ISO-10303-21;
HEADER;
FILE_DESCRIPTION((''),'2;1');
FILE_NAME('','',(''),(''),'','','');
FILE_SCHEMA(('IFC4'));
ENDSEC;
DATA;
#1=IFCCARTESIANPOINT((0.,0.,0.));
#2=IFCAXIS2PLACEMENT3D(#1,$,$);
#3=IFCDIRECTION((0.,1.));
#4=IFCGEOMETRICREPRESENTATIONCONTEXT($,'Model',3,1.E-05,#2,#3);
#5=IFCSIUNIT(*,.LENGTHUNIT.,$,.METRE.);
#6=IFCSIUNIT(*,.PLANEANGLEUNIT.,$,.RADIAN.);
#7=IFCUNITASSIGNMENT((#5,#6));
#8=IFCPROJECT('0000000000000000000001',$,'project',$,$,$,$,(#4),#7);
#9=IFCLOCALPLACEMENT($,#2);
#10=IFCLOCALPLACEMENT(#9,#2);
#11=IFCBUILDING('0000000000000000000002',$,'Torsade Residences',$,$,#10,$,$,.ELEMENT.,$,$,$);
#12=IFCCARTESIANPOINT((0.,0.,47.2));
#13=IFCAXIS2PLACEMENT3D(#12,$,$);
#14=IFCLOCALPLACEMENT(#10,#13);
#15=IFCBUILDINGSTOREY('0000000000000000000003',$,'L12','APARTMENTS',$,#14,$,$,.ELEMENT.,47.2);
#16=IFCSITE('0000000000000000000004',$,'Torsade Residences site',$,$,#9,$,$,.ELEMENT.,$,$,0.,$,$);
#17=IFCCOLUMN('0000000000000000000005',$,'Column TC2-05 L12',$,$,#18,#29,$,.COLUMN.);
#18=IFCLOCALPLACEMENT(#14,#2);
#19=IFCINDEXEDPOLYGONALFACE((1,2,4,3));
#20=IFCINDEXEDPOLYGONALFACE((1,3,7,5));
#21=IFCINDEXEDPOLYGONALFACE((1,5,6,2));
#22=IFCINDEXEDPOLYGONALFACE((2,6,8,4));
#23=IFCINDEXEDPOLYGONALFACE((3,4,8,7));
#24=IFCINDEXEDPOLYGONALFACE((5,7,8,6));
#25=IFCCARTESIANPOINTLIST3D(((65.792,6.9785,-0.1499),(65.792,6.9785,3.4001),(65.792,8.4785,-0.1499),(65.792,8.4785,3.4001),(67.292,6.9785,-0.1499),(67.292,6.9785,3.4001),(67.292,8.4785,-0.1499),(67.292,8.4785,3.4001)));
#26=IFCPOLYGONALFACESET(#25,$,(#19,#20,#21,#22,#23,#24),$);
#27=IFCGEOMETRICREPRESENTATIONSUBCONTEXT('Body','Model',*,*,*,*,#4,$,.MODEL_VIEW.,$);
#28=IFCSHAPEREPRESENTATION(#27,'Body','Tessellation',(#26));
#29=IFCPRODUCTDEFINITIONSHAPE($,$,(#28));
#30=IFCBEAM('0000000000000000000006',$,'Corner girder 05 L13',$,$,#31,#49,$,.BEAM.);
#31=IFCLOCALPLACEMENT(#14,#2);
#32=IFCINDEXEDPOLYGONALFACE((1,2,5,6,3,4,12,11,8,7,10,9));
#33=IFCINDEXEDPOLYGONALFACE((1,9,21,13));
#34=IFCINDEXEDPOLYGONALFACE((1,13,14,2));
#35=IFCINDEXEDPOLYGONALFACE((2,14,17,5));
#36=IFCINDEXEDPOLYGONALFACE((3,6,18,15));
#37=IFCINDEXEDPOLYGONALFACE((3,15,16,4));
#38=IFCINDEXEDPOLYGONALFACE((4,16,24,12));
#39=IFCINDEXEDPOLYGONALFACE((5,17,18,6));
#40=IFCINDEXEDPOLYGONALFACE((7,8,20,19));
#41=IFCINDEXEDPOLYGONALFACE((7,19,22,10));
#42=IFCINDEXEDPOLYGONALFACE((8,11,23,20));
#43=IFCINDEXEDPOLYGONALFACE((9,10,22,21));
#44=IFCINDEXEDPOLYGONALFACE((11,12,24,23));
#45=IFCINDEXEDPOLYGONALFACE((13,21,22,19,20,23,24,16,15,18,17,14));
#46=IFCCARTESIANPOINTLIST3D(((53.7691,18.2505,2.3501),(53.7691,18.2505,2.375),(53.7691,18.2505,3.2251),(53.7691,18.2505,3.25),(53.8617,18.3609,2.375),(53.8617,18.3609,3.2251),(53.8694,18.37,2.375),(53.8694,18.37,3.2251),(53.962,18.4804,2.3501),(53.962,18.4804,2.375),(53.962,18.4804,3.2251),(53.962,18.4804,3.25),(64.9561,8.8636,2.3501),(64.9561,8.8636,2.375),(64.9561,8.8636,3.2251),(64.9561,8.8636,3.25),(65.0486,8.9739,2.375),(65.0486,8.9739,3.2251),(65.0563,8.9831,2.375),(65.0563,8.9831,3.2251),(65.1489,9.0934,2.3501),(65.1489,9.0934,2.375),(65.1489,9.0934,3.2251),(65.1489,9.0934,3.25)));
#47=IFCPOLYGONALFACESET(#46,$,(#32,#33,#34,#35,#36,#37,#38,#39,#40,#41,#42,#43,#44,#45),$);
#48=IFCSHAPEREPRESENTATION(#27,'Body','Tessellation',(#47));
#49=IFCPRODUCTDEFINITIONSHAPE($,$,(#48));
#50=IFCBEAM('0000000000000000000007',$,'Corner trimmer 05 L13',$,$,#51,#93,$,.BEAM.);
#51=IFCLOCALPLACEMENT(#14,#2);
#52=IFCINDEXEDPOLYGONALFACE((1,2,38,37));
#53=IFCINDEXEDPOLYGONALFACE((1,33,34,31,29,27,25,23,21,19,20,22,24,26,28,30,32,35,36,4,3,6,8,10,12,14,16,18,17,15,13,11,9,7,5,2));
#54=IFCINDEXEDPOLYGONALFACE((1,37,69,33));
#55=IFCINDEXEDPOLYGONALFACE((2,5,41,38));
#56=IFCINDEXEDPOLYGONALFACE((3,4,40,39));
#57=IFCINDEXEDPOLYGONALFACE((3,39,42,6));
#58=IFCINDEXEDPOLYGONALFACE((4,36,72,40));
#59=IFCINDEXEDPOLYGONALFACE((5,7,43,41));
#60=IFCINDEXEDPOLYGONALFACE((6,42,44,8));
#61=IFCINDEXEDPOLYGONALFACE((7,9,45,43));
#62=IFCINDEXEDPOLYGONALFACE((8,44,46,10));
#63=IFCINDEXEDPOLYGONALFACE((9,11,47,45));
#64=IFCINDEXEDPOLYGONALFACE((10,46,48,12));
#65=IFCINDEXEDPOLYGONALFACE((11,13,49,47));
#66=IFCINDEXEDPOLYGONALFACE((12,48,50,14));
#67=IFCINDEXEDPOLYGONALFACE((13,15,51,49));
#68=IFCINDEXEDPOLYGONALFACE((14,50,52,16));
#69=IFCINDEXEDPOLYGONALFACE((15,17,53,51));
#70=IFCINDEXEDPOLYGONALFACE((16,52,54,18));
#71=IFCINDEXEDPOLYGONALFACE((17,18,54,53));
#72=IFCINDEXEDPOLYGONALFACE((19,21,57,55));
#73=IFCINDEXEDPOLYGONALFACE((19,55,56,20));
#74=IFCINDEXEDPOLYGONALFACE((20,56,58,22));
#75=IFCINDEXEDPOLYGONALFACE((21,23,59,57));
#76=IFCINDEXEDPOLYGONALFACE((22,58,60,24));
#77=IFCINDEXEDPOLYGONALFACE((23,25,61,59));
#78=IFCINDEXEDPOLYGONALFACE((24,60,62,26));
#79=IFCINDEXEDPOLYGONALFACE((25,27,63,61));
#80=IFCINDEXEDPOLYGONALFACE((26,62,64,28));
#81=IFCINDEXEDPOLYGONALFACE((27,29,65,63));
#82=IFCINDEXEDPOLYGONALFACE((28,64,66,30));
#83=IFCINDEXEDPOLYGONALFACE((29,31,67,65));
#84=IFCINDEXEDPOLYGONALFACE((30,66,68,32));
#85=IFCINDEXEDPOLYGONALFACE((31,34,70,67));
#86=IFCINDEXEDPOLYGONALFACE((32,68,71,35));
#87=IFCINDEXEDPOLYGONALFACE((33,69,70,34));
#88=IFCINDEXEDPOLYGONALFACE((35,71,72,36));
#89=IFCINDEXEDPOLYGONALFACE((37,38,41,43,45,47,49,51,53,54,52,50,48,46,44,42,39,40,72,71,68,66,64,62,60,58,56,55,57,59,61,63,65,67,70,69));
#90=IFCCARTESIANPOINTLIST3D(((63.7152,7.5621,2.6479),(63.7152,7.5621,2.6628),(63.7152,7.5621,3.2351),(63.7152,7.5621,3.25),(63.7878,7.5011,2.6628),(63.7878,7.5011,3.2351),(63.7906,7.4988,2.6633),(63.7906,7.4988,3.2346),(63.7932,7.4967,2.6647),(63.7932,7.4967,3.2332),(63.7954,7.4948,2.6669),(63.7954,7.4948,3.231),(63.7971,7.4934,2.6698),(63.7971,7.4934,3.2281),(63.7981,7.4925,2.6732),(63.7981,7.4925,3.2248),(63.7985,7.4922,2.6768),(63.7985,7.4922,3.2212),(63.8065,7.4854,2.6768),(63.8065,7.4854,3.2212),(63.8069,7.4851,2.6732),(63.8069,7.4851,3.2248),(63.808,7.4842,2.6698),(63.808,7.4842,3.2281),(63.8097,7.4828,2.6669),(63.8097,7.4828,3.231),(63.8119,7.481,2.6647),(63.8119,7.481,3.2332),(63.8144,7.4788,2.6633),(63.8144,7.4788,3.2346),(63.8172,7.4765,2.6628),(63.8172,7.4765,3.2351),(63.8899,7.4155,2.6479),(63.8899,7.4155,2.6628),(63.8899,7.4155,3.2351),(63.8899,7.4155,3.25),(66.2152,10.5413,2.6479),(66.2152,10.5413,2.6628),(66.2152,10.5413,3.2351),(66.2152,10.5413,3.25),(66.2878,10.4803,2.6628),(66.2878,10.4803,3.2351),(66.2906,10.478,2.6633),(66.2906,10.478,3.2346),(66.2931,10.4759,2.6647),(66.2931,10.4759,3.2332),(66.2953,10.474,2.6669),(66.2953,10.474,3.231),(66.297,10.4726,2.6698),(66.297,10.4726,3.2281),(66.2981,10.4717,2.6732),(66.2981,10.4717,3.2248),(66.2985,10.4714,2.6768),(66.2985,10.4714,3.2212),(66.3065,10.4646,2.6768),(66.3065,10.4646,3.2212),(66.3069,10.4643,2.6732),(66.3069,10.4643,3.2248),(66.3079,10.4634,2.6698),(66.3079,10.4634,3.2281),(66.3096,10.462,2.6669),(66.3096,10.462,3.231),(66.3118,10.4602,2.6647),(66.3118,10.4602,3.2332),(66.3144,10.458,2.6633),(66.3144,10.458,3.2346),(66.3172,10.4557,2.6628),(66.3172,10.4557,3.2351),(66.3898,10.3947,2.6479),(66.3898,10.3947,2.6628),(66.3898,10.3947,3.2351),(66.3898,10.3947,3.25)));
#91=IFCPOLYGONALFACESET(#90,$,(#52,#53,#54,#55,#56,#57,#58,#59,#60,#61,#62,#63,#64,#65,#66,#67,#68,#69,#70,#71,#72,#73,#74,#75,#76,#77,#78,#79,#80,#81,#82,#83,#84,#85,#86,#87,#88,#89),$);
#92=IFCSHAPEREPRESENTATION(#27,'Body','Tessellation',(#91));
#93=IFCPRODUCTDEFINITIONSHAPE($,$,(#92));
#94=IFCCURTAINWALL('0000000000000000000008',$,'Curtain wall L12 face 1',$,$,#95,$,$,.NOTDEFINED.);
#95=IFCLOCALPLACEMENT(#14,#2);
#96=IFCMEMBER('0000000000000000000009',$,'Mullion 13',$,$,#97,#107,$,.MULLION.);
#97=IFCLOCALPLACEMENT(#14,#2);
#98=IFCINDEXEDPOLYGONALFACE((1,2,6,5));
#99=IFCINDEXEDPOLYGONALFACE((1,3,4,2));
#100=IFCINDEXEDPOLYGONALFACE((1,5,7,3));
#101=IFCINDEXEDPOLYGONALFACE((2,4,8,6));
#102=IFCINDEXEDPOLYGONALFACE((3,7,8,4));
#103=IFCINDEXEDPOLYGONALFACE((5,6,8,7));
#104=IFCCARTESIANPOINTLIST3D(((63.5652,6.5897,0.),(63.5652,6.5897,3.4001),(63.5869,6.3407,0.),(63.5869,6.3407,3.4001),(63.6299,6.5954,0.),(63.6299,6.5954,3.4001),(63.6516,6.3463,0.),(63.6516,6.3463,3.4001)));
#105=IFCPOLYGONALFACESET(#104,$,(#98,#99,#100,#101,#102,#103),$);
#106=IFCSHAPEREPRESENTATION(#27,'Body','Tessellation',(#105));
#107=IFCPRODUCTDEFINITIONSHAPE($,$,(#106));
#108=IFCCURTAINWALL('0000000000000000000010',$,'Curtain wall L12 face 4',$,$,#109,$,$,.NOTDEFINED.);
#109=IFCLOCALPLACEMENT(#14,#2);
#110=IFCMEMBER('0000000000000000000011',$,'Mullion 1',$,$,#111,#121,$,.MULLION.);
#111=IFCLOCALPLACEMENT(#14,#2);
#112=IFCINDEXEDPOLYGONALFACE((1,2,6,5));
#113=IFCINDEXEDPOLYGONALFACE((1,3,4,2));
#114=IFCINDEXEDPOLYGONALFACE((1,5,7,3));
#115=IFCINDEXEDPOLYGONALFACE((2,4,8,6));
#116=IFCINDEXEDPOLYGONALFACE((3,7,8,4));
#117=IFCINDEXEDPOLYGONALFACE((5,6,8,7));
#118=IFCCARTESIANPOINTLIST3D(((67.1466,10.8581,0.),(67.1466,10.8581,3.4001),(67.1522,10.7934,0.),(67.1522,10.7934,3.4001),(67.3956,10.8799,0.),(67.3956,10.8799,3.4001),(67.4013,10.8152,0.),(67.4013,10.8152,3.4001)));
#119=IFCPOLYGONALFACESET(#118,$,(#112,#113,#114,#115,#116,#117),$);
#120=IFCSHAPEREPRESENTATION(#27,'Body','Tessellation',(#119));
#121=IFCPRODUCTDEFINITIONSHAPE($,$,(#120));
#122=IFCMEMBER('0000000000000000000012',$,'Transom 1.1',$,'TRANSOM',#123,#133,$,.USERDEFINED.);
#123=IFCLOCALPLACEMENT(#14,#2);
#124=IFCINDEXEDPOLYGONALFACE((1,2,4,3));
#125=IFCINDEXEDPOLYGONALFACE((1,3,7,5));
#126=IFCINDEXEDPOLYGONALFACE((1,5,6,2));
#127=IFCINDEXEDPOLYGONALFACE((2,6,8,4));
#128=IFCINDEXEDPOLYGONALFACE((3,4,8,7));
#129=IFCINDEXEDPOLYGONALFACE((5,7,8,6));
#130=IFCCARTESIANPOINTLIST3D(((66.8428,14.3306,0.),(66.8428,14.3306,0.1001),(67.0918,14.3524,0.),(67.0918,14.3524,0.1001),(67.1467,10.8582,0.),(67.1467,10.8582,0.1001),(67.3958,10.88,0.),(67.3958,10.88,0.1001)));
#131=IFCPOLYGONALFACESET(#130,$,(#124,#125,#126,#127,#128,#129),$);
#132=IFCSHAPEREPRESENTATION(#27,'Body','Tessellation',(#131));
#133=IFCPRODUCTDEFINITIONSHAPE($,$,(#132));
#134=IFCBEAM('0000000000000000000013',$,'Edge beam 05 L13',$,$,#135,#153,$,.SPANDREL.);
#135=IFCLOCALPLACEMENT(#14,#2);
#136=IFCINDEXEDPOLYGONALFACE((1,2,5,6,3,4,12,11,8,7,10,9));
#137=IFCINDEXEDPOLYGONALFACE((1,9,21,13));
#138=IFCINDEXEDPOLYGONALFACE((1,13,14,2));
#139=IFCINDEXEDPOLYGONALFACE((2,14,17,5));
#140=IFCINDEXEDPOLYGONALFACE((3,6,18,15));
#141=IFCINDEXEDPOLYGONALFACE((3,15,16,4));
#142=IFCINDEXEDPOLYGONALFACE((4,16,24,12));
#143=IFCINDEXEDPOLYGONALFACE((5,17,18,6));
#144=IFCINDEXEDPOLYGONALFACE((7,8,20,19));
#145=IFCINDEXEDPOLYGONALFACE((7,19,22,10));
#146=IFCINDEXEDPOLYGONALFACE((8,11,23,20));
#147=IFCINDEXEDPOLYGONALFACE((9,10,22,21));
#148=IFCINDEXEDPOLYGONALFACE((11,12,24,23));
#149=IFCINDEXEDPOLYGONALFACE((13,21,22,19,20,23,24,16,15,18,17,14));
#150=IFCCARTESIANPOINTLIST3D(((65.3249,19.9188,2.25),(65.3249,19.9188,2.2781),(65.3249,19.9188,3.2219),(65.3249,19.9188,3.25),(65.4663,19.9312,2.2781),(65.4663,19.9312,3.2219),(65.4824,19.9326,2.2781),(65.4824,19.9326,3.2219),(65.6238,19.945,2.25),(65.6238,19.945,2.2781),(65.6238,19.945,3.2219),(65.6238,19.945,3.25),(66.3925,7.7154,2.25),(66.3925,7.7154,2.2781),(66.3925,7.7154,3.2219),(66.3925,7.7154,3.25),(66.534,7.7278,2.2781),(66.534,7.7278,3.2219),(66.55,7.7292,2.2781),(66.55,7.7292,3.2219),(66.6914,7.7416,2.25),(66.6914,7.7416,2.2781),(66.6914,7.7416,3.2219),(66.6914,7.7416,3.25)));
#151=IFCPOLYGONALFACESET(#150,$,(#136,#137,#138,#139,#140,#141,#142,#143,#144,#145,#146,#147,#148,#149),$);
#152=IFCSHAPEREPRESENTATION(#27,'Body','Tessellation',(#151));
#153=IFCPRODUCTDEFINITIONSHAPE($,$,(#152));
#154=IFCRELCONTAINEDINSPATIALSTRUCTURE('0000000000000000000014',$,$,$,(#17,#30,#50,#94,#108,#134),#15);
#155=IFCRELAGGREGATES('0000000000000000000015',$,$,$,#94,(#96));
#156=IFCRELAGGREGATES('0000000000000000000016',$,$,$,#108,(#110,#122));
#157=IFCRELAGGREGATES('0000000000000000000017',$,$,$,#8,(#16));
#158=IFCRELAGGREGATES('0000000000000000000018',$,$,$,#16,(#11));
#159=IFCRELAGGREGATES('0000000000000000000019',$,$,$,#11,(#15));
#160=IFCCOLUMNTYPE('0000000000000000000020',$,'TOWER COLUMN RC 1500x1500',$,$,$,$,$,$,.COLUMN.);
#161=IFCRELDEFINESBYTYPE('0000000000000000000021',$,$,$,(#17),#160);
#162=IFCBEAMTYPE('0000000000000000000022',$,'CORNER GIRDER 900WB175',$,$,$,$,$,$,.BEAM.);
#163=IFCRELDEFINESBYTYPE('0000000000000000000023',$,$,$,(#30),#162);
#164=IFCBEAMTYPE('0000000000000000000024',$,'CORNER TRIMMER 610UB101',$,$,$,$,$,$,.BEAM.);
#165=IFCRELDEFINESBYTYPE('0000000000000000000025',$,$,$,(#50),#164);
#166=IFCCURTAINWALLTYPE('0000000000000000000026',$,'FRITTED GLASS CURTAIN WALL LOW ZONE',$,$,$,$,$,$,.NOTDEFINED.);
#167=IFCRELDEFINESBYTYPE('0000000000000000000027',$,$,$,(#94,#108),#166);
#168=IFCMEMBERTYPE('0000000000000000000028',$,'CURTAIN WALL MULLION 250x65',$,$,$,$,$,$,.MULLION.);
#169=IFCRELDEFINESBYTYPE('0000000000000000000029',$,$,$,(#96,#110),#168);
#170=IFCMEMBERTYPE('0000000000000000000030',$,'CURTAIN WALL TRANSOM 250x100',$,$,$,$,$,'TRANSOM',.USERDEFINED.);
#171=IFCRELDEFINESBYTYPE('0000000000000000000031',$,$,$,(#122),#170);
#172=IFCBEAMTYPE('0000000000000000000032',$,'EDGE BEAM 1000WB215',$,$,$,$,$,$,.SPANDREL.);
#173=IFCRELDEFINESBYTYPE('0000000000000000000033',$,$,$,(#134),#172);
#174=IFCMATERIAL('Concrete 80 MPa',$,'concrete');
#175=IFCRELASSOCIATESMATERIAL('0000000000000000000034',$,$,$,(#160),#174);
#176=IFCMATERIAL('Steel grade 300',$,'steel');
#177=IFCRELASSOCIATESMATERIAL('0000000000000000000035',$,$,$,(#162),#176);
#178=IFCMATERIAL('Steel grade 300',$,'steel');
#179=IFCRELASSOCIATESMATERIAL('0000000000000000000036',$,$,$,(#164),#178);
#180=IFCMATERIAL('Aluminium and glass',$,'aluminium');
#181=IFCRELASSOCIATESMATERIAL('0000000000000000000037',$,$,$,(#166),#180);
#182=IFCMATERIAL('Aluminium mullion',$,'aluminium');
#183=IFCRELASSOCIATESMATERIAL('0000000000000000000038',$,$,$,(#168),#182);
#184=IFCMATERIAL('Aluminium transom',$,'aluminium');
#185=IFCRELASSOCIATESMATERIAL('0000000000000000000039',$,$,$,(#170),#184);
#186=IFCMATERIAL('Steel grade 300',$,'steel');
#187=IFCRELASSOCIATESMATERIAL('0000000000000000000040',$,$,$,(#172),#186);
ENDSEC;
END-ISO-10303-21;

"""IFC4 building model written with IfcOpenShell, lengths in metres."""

from ifc_helpers import new_model, si_unit, direction, frame, origin, origin_2d, place, context, subcontext, project, spatial, rectangle, i_section, extrude, material, material_profile, profile_set, type_object, element, aggregate, save


model = new_model("IFC4")

# Units and contexts
model_context = context("Model", 3, precision=1e-05, world=origin(), true_north=direction((0.0, 1.0)))
body_context = subcontext(model_context, "Body", "Model", "MODEL_VIEW")
ifc_project = project(units=[si_unit("LENGTHUNIT", "METRE"), si_unit("PLANEANGLEUNIT", "RADIAN")], contexts=[model_context])

# Site, building, storey
site_placement = place(None, origin())
site = spatial("IfcSite", under=ifc_project, at=site_placement, Name="Torsade Residences site", CompositionType="ELEMENT", RefElevation=0.0)
building_placement = place(site_placement, origin())
building = spatial("IfcBuilding", under=site, at=building_placement, Name="Torsade Residences", CompositionType="ELEMENT")
storey_placement = place(building_placement, frame((0.0, 0.0, 47.2)))
storey = spatial("IfcBuildingStorey", under=building, at=storey_placement, Name="L12", Description="APARTMENTS", CompositionType="ELEMENT", Elevation=47.2)

# Column
ifc_material_1 = material(Name="Concrete 80 MPa", Category="concrete")
ifc_material_profile_1 = material_profile(ifc_material_1, rectangle(XDim=1.5, YDim=1.5, at=origin_2d()), Name="RC 1500x1500")
ifc_profile_set_1 = profile_set([ifc_material_profile_1], Name="Concrete 80 MPa")
column_type = type_object("IfcColumnType", Name="TOWER COLUMN RC 1500x1500", PredefinedType="COLUMN", material=ifc_profile_set_1)
column_placement = place(storey_placement, frame((66.542, 7.7285, -0.1499), z_axis=(0.0, 0.0, 1.0), x_axis=(1.0, 0.0, 0.0)))
element("IfcColumn", 1, at=column_placement, inside=storey, type_object=column_type, Name="Column TC2-05 L12", PredefinedType="COLUMN", context=body_context, shape_type="SweptSolid", body=[
    extrude(rectangle(XDim=1.5, YDim=1.5, at=origin_2d()), origin(), (0.0, 0.0, 1.0), 3.55),
])

# Beams
ifc_material_2 = material(Name="Steel grade 300", Category="steel")
ifc_material_profile_2 = material_profile(ifc_material_2, i_section(OverallWidth=0.3, OverallDepth=0.8999, WebThickness=0.012, FlangeThickness=0.0249, at=origin_2d()), Name="900WB175")
ifc_profile_set_2 = profile_set([ifc_material_profile_2], Name="Steel grade 300")
beam_type_1 = type_object("IfcBeamType", Name="CORNER GIRDER 900WB175", PredefinedType="BEAM", material=ifc_profile_set_2)
beam_1_placement = place(storey_placement, frame((65.0525, 8.9785, 2.8), z_axis=(-0.766046, 0.642785, 0.0), x_axis=(-0.642785, -0.766046, 0.0)))
element("IfcBeam", 2, at=beam_1_placement, inside=storey, type_object=beam_type_1, Name="Corner girder 05 L13", PredefinedType="BEAM", context=body_context, shape_type="SweptSolid", body=[
    extrude(i_section(OverallWidth=0.3, OverallDepth=0.8999, WebThickness=0.012, FlangeThickness=0.0249, at=origin_2d()), origin(), (0.0, 0.0, 1.0), 14.6035),
])
ifc_material_3 = material(Name="Steel grade 300", Category="steel")
ifc_material_profile_3 = material_profile(ifc_material_3, i_section(OverallWidth=0.228, OverallDepth=0.6021, WebThickness=0.0105, FlangeThickness=0.0149, FilletRadius=0.0139, at=origin_2d()), Name="610UB101")
ifc_profile_set_3 = profile_set([ifc_material_profile_3], Name="Steel grade 300")
beam_type_2 = type_object("IfcBeamType", Name="CORNER TRIMMER 610UB101", PredefinedType="BEAM", material=ifc_profile_set_3)
beam_2_placement = place(storey_placement, frame((66.3025, 10.468, 2.949), z_axis=(-0.642805, -0.76603, 0.0), x_axis=(0.76603, -0.642805, 0.0)))
element("IfcBeam", 3, at=beam_2_placement, inside=storey, type_object=beam_type_2, Name="Corner trimmer 05 L13", PredefinedType="BEAM", context=body_context, shape_type="SweptSolid", body=[
    extrude(i_section(OverallWidth=0.228, OverallDepth=0.6021, WebThickness=0.0105, FlangeThickness=0.0149, FilletRadius=0.0139, at=origin_2d()), origin(), (0.0, 0.0, 1.0), 3.8892),
])

# Curtain wall, member
ifc_material_4 = material(Name="Aluminium and glass", Category="aluminium")
curtain_wall_type = type_object("IfcCurtainWallType", Name="FRITTED GLASS CURTAIN WALL LOW ZONE", PredefinedType="NOTDEFINED", material=ifc_material_4)
curtain_wall_1_placement = place(storey_placement, origin())
curtain_wall_1 = element("IfcCurtainWall", 4, at=curtain_wall_1_placement, inside=storey, type_object=curtain_wall_type, Name="Curtain wall L12 face 1", PredefinedType="NOTDEFINED")
ifc_material_5 = material(Name="Aluminium mullion", Category="aluminium")
ifc_material_profile_4 = material_profile(ifc_material_5, rectangle(XDim=0.25, YDim=0.0649, at=origin_2d()), Name="CURTAIN WALL MULLION 250x65")
ifc_profile_set_4 = profile_set([ifc_material_profile_4], Name="Aluminium mullion")
member_type_1 = type_object("IfcMemberType", Name="CURTAIN WALL MULLION 250x65", PredefinedType="MULLION", material=ifc_profile_set_4)
member_1_placement = place(storey_placement, frame((63.6084, 6.468, 0.0), z_axis=(0.0, 0.0, 1.0), x_axis=(-0.087156, 0.996195, 0.0)))
member_1 = element("IfcMember", 5, at=member_1_placement, type_object=member_type_1, Name="Mullion 13", PredefinedType="MULLION", context=body_context, shape_type="SweptSolid", body=[
    extrude(rectangle(XDim=0.25, YDim=0.0649, at=origin_2d()), origin(), (0.0, 0.0, 1.0), 3.4001),
])
aggregate(curtain_wall_1, [member_1])

# Curtain wall, members
curtain_wall_2_placement = place(storey_placement, origin())
curtain_wall_2 = element("IfcCurtainWall", 6, at=curtain_wall_2_placement, inside=storey, type_object=curtain_wall_type, Name="Curtain wall L12 face 4", PredefinedType="NOTDEFINED")
member_2_placement = place(storey_placement, frame((67.2739, 10.8367, 0.0), z_axis=(0.0, 0.0, 1.0), x_axis=(-0.996195, -0.087156, 0.0)))
member_2 = element("IfcMember", 7, at=member_2_placement, type_object=member_type_1, Name="Mullion 1", PredefinedType="MULLION", context=body_context, shape_type="SweptSolid", body=[
    extrude(rectangle(XDim=0.25, YDim=0.0649, at=origin_2d()), origin(), (0.0, 0.0, 1.0), 3.4001),
])
ifc_material_6 = material(Name="Aluminium transom", Category="aluminium")
ifc_material_profile_5 = material_profile(ifc_material_6, rectangle(XDim=0.25, YDim=0.1001, at=origin_2d()), Name="CURTAIN WALL TRANSOM 250x100")
ifc_profile_set_5 = profile_set([ifc_material_profile_5], Name="Aluminium transom")
member_type_2 = type_object("IfcMemberType", Name="CURTAIN WALL TRANSOM 250x100", ElementType="TRANSOM", PredefinedType="USERDEFINED", material=ifc_profile_set_5)
member_3_placement = place(storey_placement, frame((67.2712, 10.8691, 0.05), z_axis=(-0.087201, 0.996191, 0.0), x_axis=(-0.996191, -0.087201, 0.0)))
member_3 = element("IfcMember", 8, at=member_3_placement, type_object=member_type_2, Name="Transom 1.1", ObjectType="TRANSOM", PredefinedType="USERDEFINED", context=body_context, shape_type="SweptSolid", body=[
    extrude(rectangle(XDim=0.25, YDim=0.1001, at=origin_2d()), origin(), (0.0, 0.0, 1.0), 3.4856),
])

# Beam
ifc_material_7 = material(Name="Steel grade 300", Category="steel")
ifc_material_profile_6 = material_profile(ifc_material_7, i_section(OverallWidth=0.3, OverallDepth=1.0, WebThickness=0.0161, FlangeThickness=0.0281, at=origin_2d()), Name="1000WB215")
ifc_profile_set_6 = profile_set([ifc_material_profile_6], Name="Steel grade 300")
beam_type_3 = type_object("IfcBeamType", Name="EDGE BEAM 1000WB215", PredefinedType="SPANDREL", material=ifc_profile_set_6)
beam_3_placement = place(storey_placement, frame((66.542, 7.7285, 2.75), z_axis=(-0.087153, 0.996195, 0.0), x_axis=(-0.996195, -0.087153, 0.0)))
element("IfcBeam", 9, at=beam_3_placement, inside=storey, type_object=beam_type_3, Name="Edge beam 05 L13", PredefinedType="SPANDREL", context=body_context, shape_type="SweptSolid", body=[
    extrude(i_section(OverallWidth=0.3, OverallDepth=1.0, WebThickness=0.0161, FlangeThickness=0.0281, at=origin_2d()), origin(), (0.0, 0.0, 1.0), 12.25),
])

aggregate(curtain_wall_2, [member_2, member_3])

save(model, "model.ifc")
